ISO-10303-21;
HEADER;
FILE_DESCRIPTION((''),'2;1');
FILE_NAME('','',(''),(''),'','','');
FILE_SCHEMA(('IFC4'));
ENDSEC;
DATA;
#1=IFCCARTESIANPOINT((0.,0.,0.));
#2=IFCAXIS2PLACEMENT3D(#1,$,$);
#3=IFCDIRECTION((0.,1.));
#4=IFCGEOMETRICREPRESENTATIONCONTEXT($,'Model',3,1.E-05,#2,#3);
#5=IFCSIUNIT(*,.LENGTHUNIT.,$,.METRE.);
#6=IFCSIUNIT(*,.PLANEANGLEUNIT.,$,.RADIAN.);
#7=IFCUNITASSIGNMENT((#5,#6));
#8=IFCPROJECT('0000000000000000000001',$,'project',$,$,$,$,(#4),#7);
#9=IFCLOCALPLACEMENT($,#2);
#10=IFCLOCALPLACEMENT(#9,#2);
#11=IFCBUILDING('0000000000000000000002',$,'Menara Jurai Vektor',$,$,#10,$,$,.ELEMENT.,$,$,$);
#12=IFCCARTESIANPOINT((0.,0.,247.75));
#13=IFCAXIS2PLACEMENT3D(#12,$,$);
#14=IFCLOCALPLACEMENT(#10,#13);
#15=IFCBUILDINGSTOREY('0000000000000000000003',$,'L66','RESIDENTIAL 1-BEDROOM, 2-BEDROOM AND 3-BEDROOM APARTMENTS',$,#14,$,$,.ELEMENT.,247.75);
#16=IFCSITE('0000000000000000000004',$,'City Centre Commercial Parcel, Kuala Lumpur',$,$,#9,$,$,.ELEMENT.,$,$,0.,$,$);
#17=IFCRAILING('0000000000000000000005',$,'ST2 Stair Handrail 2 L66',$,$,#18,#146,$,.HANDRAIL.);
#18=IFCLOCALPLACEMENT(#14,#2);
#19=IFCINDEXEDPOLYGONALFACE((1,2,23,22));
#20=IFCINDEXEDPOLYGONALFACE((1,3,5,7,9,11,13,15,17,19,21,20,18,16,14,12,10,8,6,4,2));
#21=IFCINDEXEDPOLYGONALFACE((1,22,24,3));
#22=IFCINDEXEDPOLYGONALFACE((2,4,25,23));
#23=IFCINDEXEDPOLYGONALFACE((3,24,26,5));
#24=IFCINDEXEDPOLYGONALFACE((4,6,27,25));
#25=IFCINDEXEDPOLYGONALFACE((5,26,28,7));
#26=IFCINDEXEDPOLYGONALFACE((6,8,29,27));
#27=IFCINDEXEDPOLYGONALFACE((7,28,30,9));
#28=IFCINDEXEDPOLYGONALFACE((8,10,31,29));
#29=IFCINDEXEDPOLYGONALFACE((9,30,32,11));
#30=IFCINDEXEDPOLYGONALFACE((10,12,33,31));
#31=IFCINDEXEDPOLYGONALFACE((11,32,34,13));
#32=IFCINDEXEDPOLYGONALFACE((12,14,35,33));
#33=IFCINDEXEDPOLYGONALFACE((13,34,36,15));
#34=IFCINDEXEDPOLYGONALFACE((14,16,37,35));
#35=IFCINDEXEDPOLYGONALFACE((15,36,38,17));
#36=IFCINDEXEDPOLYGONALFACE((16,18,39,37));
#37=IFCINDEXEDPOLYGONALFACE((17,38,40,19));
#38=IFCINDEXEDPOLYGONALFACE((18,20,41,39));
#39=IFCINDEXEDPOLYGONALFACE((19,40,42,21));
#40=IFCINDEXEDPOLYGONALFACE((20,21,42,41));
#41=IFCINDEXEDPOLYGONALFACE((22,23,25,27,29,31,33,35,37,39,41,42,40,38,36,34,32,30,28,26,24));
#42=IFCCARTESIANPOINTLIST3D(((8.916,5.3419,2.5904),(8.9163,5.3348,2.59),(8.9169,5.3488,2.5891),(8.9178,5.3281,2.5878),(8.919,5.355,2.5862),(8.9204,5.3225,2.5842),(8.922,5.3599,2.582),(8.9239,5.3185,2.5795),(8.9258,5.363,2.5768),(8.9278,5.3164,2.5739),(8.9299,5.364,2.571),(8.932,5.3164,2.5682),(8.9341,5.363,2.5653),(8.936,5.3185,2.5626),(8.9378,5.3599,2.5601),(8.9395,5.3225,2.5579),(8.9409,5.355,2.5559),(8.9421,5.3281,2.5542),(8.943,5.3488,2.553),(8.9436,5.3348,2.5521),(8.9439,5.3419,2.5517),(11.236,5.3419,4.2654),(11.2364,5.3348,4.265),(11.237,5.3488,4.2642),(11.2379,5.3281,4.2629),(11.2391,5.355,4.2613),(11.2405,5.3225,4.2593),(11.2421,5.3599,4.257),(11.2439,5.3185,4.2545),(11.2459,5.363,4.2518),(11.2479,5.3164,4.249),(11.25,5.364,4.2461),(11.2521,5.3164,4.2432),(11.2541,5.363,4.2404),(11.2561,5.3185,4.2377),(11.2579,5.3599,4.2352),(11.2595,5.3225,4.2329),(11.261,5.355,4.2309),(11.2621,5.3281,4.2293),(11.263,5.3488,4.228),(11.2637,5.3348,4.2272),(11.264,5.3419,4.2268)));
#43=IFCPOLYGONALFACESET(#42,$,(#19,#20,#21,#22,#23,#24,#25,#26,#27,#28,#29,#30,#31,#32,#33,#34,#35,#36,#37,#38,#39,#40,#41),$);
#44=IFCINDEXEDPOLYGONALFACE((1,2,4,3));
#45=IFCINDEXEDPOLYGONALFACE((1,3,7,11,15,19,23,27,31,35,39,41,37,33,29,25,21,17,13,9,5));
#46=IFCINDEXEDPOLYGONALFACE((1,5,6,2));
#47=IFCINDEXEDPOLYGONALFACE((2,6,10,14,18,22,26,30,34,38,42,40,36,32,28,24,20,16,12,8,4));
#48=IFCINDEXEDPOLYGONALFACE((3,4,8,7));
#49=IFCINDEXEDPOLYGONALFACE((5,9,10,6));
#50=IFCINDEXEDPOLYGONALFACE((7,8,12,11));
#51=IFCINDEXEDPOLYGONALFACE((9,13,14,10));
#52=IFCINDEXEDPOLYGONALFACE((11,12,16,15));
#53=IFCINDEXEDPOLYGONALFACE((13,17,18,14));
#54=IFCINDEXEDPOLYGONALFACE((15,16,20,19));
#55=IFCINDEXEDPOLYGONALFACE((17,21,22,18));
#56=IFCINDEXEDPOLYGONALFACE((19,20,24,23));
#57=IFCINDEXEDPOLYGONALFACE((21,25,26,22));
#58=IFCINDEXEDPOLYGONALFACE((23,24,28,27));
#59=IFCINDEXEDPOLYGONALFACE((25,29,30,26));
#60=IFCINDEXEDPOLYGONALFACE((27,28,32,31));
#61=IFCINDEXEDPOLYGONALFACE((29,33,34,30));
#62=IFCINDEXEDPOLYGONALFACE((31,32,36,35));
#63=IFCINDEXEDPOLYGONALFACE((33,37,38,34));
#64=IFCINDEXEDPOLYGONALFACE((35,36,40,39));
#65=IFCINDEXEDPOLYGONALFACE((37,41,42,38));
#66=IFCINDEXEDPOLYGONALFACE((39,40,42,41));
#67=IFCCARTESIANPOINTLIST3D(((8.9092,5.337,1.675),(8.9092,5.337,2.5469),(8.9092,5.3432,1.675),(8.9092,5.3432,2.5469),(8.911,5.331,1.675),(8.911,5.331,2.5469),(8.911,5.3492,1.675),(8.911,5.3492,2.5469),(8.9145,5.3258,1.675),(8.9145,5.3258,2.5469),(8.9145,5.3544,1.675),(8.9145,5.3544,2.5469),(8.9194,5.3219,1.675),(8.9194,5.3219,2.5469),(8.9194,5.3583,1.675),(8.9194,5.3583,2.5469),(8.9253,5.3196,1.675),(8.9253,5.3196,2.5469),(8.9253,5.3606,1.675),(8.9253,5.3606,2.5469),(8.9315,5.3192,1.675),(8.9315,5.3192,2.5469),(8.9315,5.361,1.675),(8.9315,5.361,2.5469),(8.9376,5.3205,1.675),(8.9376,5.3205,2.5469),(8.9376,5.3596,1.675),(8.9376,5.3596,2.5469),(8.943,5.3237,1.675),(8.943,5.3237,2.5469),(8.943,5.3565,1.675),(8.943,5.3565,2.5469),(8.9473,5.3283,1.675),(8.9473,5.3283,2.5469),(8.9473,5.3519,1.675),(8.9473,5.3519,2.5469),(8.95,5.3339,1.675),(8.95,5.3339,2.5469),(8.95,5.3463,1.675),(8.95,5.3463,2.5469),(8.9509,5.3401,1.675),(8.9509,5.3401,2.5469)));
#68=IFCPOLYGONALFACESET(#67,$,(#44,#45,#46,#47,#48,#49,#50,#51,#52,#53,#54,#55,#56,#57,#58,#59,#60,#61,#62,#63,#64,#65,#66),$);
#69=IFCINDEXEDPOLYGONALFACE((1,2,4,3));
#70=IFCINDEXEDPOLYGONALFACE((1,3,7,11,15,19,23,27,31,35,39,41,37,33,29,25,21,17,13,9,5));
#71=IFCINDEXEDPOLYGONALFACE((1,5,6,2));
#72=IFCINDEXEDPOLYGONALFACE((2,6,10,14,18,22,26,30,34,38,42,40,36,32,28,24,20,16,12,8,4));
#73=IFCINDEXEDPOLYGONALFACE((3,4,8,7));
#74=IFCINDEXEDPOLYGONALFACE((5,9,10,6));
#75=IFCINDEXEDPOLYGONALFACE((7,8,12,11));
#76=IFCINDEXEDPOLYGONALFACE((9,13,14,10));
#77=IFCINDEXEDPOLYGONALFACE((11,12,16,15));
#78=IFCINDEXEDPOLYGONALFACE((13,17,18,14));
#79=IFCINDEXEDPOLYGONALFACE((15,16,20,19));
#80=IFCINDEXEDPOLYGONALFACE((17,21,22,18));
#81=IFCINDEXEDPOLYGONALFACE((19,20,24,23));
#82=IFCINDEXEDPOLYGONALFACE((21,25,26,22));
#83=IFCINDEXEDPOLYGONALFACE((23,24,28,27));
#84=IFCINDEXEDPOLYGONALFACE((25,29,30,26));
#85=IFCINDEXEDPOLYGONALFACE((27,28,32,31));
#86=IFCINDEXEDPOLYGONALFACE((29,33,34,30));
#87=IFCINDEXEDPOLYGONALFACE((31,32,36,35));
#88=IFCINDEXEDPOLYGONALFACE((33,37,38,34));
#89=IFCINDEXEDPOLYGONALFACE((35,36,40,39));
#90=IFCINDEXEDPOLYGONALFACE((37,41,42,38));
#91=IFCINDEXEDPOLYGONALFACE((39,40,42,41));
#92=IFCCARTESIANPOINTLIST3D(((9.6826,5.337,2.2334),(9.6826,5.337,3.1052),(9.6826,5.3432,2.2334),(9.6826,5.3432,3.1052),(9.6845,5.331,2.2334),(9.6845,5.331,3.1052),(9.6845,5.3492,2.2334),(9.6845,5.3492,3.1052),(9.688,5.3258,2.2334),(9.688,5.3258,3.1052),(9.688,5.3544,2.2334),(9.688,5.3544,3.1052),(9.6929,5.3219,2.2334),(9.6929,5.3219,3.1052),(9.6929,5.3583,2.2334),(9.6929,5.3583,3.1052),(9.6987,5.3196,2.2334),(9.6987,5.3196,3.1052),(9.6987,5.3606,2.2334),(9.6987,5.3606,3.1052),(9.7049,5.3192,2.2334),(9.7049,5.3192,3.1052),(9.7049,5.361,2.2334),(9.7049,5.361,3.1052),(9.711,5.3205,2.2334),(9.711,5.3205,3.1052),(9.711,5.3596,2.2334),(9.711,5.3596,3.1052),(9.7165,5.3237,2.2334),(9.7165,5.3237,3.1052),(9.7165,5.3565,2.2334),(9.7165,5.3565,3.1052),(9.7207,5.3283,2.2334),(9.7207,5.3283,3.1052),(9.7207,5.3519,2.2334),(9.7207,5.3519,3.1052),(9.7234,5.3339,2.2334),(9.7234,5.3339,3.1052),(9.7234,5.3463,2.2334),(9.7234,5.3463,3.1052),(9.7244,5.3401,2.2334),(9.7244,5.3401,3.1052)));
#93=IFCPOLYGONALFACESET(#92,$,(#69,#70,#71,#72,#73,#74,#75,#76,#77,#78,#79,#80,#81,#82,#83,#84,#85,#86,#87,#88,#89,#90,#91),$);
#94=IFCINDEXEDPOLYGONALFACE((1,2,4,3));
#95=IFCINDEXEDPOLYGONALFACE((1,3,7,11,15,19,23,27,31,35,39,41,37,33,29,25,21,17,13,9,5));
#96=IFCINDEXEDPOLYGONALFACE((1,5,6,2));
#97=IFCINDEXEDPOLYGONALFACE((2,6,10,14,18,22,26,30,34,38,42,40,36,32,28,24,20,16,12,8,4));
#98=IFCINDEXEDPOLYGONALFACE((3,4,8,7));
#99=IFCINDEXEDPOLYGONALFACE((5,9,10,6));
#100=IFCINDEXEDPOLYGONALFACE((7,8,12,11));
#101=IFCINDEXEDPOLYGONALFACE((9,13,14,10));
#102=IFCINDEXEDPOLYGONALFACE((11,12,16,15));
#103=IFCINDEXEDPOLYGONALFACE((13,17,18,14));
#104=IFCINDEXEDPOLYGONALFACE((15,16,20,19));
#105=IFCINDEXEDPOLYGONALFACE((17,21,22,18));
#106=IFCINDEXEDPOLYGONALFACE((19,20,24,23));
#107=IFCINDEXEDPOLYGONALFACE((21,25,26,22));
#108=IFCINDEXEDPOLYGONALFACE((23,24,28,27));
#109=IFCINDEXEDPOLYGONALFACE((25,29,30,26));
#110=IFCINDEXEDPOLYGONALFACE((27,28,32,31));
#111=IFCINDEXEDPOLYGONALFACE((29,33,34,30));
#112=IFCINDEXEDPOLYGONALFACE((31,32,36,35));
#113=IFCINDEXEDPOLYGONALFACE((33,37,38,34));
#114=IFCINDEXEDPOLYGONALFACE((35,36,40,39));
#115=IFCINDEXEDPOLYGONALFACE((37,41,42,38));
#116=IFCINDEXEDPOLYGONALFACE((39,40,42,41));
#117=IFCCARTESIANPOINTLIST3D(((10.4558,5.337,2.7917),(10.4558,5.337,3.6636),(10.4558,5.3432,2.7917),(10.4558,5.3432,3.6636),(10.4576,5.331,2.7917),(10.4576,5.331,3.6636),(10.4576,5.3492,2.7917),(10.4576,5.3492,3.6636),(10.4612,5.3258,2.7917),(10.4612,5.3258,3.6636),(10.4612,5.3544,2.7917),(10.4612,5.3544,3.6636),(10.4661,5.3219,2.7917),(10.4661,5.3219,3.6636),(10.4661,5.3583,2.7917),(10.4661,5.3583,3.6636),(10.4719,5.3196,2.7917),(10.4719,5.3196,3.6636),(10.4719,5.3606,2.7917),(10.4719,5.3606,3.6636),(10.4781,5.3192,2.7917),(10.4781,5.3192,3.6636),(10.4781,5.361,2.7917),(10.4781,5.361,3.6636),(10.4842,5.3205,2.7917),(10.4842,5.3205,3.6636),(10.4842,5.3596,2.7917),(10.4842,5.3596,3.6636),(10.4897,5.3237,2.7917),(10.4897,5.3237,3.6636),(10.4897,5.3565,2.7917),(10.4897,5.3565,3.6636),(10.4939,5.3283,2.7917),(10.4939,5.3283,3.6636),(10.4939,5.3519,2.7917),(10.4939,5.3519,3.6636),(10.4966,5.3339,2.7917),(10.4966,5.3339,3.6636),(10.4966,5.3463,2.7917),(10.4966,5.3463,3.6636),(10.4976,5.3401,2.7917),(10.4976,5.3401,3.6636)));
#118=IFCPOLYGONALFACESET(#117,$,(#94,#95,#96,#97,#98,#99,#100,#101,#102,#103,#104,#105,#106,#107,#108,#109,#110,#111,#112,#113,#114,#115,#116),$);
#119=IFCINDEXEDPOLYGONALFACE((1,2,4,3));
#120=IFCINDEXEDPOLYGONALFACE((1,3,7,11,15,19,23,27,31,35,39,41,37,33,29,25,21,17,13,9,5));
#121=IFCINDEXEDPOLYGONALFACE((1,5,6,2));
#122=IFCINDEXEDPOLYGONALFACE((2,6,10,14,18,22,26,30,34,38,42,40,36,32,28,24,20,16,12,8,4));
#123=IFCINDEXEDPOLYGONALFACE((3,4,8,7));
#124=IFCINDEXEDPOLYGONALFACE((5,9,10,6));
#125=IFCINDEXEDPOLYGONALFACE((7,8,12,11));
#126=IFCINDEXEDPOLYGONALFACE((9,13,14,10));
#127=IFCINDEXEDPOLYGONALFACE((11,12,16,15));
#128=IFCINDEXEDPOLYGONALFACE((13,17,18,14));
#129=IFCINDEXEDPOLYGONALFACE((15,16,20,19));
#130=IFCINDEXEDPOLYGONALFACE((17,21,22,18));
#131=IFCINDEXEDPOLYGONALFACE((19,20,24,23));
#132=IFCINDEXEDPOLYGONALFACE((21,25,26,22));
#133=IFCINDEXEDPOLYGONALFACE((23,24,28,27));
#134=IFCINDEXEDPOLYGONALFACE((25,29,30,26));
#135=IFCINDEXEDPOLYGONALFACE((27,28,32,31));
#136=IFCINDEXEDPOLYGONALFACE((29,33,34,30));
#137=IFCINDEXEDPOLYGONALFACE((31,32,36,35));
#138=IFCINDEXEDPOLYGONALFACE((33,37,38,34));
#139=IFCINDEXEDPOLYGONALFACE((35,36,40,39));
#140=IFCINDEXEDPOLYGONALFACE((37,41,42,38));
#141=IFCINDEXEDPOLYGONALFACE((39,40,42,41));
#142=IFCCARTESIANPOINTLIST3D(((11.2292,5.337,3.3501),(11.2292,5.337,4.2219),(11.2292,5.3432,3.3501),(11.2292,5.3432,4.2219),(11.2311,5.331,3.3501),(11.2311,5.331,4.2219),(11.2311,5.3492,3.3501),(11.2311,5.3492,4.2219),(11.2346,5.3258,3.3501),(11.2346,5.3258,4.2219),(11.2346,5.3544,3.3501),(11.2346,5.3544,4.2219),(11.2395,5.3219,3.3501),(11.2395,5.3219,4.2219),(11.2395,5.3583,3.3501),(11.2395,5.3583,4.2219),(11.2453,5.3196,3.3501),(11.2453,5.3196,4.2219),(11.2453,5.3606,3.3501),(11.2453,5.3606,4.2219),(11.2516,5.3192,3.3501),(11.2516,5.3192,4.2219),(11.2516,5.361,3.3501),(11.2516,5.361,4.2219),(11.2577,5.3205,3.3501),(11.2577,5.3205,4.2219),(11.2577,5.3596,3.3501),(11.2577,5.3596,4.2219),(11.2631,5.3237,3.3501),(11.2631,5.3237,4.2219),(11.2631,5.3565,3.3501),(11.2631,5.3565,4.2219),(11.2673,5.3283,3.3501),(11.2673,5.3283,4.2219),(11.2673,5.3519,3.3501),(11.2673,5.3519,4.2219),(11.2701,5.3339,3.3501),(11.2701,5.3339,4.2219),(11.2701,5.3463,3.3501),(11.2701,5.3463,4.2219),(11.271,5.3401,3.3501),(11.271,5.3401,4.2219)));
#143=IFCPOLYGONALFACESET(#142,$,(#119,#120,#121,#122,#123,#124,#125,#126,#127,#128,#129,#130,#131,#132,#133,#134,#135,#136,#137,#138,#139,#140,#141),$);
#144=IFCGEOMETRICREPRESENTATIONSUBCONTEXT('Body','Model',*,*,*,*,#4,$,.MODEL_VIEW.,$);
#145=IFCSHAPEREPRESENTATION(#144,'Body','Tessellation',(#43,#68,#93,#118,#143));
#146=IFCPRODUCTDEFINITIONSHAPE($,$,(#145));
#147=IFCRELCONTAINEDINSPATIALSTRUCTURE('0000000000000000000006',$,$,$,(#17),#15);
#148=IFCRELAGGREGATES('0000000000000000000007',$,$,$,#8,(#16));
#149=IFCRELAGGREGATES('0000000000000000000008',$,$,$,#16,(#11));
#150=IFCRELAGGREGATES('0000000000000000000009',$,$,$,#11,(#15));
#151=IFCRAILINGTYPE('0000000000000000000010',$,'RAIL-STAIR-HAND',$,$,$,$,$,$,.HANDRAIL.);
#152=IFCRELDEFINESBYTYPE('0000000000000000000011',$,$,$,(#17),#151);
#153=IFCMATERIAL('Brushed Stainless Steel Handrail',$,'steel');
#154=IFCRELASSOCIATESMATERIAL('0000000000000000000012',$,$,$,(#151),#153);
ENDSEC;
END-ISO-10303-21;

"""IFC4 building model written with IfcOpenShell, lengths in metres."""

from ifc_helpers import new_model, si_unit, direction, frame, origin, origin_2d, place, context, subcontext, project, spatial, circle, extrude, material, type_object, element, save


model = new_model("IFC4")

# Units and contexts
model_context = context("Model", 3, precision=1e-05, world=origin(), true_north=direction((0.0, 1.0)))
body_context = subcontext(model_context, "Body", "Model", "MODEL_VIEW")
ifc_project = project(units=[si_unit("LENGTHUNIT", "METRE"), si_unit("PLANEANGLEUNIT", "RADIAN")], contexts=[model_context])

# Site, building, storey
site_placement = place(None, origin())
site = spatial("IfcSite", under=ifc_project, at=site_placement, Name="City Centre Commercial Parcel, Kuala Lumpur", CompositionType="ELEMENT", RefElevation=0.0)
building_placement = place(site_placement, origin())
building = spatial("IfcBuilding", under=site, at=building_placement, Name="Menara Jurai Vektor", CompositionType="ELEMENT")
storey_placement = place(building_placement, frame((0.0, 0.0, 247.75)))
storey = spatial("IfcBuildingStorey", under=building, at=storey_placement, Name="L66", Description="RESIDENTIAL 1-BEDROOM, 2-BEDROOM AND 3-BEDROOM APARTMENTS", CompositionType="ELEMENT", Elevation=247.75)

# Railing
ifc_material_1 = material(Name="Brushed Stainless Steel Handrail", Category="steel")
railing_type_1 = type_object("IfcRailingType", Name="RAIL-STAIR-HAND", PredefinedType="HANDRAIL", material=ifc_material_1)
railing_1_placement = place(storey_placement, frame((8.9299, 5.3401, 1.675)))
element("IfcRailing", 1, at=railing_1_placement, inside=storey, type_object=railing_type_1, Name="ST2 Stair Handrail 2 L66", PredefinedType="HANDRAIL", context=body_context, shape_type="SweptSolid", body=[
    extrude(circle(Radius=0.0239, at=origin_2d()), frame((0.0, 0.0, 0.896), z_axis=(0.810771, 0.0, 0.585363), x_axis=(0.0, 1.0, 0.0)), (0.0, 0.0, 1.0), 2.8616),
    extrude(circle(Radius=0.021, at=origin_2d()), origin(), (0.0, 0.0, 1.0), 0.8718),
    extrude(circle(Radius=0.021, at=origin_2d()), frame((0.7734, 0.0, 0.5583)), (0.0, 0.0, 1.0), 0.8718),
    extrude(circle(Radius=0.021, at=origin_2d()), frame((1.5466, 0.0, 1.1167)), (0.0, 0.0, 1.0), 0.8718),
    extrude(circle(Radius=0.021, at=origin_2d()), frame((2.3201, 0.0, 1.675)), (0.0, 0.0, 1.0), 0.8718),
])

save(model, "model.ifc")
